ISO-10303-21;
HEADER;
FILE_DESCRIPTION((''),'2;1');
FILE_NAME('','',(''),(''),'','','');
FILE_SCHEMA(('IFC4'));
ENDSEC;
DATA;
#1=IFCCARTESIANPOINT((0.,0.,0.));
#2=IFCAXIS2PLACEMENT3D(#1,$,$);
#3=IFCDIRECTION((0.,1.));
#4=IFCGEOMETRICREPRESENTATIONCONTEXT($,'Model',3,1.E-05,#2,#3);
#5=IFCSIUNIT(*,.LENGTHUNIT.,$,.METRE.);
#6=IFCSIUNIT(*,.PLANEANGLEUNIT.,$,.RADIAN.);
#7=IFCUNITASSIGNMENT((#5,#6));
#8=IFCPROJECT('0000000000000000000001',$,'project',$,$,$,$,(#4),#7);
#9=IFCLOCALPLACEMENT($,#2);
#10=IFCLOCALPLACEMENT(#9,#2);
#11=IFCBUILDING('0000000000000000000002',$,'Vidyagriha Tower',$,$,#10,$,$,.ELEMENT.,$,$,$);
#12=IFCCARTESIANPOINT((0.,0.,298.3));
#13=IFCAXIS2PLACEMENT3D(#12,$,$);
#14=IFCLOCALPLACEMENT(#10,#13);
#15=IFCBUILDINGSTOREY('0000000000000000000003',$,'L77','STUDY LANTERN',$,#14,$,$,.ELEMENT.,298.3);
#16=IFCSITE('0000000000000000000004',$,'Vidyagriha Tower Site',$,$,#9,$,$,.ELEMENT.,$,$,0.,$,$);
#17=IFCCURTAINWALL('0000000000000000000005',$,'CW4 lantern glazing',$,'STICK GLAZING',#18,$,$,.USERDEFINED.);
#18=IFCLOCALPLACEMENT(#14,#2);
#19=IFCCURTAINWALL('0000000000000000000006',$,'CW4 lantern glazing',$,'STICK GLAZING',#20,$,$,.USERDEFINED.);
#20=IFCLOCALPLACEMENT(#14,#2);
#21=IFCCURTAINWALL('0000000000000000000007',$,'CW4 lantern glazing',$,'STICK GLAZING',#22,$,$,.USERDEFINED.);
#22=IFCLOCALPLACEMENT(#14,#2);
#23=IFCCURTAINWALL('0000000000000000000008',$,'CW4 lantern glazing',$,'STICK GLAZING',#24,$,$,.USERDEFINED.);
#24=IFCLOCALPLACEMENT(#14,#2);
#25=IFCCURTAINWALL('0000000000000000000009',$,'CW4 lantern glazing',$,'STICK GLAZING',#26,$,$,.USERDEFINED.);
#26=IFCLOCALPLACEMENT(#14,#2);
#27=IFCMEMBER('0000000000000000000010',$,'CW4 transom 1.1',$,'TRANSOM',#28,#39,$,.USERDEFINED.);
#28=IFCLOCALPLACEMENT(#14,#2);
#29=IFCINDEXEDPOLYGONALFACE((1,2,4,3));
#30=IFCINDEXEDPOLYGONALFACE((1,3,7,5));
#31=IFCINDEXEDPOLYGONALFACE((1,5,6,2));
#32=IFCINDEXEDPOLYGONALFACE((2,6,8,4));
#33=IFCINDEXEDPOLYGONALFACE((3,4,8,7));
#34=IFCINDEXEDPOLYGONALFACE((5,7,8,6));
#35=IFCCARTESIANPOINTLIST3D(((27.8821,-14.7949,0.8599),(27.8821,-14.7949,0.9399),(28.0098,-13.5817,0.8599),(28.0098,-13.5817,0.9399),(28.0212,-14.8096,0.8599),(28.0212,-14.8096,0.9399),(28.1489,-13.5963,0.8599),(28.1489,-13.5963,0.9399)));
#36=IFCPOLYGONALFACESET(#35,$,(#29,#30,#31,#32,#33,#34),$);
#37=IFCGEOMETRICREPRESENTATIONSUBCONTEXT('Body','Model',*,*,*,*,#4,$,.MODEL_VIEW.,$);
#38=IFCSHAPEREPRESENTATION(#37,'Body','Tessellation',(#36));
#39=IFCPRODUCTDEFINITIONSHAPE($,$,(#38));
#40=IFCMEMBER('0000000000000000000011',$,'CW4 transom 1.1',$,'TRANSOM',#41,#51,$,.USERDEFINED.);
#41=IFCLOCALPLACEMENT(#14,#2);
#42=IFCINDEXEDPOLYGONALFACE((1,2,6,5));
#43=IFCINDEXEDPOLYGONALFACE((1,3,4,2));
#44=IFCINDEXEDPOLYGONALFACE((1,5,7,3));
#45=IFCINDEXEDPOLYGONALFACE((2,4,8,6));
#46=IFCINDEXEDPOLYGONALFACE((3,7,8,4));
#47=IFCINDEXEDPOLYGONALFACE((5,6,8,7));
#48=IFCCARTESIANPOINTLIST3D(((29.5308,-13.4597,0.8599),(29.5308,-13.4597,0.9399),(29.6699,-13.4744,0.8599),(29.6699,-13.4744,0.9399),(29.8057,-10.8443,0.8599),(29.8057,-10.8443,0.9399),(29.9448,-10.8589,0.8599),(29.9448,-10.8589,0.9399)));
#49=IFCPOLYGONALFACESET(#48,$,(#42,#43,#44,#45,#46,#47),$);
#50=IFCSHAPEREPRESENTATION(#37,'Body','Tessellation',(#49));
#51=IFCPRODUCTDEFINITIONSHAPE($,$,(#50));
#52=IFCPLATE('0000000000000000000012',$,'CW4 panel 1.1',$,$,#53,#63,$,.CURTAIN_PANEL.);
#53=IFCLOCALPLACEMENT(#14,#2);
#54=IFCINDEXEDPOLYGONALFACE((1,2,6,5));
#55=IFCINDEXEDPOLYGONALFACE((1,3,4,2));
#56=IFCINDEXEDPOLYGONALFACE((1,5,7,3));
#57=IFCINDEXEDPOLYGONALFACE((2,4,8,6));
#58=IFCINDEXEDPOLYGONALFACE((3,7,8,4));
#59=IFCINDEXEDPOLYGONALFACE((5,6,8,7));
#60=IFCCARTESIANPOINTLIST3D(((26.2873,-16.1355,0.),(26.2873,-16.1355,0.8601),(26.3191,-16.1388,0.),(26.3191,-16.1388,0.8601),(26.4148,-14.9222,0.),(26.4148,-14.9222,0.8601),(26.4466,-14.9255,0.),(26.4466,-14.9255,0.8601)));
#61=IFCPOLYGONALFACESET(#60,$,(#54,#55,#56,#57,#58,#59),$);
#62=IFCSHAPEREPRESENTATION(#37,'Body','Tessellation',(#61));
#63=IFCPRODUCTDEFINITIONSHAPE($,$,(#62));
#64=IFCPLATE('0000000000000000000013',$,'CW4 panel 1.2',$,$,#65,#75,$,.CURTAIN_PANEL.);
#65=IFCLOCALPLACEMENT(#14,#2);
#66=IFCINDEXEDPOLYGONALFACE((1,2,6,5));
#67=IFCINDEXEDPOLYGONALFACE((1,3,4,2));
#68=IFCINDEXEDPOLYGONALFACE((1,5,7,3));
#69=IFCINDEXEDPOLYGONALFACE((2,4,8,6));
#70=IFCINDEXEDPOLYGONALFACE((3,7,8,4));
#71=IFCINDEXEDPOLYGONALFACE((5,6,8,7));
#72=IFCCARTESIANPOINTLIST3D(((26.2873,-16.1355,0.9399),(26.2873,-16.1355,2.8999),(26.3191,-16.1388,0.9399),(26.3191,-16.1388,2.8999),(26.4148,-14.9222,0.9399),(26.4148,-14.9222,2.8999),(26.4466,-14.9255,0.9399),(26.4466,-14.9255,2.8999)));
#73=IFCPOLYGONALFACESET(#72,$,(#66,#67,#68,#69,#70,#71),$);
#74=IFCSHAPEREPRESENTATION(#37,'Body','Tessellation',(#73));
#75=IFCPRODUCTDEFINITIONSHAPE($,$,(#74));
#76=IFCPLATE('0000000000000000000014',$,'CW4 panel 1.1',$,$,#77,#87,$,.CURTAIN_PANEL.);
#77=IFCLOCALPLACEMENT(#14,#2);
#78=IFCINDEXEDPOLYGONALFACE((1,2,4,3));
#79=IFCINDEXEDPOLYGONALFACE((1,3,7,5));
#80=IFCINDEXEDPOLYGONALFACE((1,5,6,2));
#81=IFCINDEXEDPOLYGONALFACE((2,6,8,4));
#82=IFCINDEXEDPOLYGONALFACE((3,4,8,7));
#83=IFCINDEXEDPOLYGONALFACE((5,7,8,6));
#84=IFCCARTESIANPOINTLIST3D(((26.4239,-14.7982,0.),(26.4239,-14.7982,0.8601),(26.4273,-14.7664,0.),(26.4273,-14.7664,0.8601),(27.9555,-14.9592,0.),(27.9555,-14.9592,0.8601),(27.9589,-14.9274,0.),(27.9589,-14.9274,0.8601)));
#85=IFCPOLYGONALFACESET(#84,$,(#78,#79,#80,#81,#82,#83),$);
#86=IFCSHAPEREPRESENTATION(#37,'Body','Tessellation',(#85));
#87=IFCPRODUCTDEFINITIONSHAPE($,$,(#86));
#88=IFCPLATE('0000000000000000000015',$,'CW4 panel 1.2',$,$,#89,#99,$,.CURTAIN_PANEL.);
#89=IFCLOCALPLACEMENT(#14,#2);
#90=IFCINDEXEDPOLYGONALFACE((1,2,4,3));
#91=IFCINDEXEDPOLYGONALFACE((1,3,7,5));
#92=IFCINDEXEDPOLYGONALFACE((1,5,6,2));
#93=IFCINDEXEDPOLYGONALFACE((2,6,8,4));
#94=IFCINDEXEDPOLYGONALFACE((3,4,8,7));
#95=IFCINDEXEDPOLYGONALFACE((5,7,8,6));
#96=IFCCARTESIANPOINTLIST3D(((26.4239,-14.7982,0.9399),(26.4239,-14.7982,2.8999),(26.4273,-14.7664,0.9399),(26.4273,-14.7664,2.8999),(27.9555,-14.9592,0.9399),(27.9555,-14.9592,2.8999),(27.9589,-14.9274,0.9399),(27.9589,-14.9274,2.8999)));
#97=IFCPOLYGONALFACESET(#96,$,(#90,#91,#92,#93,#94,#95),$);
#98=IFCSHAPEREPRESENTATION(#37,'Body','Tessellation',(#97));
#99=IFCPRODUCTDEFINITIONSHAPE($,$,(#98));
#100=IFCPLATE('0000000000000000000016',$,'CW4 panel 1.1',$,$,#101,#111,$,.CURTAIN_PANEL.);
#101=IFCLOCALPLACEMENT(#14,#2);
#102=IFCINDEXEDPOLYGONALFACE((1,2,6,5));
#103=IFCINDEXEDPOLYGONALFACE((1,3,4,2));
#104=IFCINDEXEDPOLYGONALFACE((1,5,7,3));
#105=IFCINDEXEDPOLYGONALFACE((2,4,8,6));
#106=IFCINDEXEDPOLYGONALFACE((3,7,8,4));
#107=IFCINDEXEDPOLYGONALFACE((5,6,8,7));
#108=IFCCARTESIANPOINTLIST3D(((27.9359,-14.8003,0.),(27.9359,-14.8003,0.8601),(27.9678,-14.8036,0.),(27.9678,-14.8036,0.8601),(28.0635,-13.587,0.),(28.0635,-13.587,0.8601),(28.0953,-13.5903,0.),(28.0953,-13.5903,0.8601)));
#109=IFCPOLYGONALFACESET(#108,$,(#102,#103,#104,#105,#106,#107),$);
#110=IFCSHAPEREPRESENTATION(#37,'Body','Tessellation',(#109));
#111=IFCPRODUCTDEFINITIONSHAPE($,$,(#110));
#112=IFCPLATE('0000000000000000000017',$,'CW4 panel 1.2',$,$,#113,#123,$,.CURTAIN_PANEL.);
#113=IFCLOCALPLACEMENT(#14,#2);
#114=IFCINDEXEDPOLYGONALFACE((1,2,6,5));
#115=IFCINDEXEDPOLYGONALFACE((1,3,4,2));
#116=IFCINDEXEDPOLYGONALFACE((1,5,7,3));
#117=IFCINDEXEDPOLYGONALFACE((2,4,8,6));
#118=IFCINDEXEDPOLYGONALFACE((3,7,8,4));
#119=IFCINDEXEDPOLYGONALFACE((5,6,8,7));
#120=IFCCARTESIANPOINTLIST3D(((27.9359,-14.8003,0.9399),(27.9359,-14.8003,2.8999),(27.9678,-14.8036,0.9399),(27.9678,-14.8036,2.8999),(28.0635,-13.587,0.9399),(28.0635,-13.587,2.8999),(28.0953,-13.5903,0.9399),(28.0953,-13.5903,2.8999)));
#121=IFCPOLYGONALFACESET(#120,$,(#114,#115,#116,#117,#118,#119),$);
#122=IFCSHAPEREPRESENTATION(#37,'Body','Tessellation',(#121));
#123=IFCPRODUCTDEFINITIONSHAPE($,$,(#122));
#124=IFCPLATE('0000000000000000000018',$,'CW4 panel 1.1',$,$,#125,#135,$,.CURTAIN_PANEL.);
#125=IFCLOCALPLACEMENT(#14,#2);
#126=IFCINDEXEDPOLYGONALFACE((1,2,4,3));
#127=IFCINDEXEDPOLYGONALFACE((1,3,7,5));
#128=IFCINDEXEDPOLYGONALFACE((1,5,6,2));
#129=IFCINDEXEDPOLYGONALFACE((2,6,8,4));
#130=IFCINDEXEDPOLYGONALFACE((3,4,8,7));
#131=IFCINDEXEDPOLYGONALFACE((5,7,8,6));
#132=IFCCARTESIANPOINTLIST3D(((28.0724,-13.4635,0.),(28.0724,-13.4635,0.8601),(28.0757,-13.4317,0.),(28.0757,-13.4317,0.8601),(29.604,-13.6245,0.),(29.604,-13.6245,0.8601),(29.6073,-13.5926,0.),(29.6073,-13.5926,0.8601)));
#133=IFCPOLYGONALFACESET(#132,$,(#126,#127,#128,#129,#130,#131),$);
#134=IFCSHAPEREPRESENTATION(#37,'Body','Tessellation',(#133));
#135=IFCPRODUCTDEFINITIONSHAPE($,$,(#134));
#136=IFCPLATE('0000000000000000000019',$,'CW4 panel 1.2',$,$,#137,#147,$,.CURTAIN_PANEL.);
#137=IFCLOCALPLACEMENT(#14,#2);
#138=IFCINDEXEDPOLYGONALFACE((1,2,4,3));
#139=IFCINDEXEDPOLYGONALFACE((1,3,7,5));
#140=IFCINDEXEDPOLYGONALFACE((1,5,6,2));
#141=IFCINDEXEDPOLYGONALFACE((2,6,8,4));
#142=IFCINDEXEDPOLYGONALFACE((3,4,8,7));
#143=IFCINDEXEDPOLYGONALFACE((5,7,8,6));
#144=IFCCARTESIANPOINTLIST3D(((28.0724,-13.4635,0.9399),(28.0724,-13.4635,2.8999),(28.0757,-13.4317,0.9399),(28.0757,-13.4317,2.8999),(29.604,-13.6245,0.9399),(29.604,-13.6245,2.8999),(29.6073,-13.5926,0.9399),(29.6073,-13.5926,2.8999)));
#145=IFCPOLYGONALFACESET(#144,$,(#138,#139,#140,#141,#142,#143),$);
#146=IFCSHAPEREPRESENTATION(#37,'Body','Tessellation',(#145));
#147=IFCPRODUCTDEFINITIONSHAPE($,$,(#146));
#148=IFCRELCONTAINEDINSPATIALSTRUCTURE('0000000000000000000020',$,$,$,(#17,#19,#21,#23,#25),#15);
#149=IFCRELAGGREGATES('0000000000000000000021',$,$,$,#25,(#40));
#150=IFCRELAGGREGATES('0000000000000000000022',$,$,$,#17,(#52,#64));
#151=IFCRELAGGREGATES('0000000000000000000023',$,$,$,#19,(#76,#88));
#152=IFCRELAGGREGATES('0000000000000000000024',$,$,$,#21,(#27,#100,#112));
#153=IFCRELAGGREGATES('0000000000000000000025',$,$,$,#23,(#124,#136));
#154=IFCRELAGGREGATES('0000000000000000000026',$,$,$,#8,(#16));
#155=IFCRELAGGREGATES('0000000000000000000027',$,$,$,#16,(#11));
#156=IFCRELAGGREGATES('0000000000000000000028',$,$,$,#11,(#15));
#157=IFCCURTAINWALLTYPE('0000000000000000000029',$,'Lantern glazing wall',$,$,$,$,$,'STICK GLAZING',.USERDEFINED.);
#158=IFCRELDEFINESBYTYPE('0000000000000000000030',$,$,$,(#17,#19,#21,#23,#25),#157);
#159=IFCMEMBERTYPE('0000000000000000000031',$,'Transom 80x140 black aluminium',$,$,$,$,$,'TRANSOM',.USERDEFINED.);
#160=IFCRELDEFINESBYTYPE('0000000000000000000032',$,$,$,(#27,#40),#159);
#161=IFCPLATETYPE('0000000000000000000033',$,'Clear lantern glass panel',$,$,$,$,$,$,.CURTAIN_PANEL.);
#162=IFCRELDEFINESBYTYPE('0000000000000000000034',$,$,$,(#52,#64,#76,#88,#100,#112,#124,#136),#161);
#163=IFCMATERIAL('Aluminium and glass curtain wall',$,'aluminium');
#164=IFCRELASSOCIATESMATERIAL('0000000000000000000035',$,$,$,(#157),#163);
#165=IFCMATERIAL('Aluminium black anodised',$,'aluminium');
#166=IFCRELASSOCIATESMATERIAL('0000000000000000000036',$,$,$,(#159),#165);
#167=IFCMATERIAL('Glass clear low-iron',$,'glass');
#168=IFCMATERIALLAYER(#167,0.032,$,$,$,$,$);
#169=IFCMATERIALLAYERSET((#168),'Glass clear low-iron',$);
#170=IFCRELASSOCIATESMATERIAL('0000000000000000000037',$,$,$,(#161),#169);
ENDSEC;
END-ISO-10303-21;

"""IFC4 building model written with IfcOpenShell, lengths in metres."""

from ifc_helpers import new_model, si_unit, direction, frame, origin, origin_2d, place, context, subcontext, project, spatial, rectangle, extrude, material, layer, layer_set, material_profile, profile_set, type_object, element, aggregate, save


model = new_model("IFC4")

# Units and contexts
model_context = context("Model", 3, precision=1e-05, world=origin(), true_north=direction((0.0, 1.0)))
body_context = subcontext(model_context, "Body", "Model", "MODEL_VIEW")
ifc_project = project(units=[si_unit("LENGTHUNIT", "METRE"), si_unit("PLANEANGLEUNIT", "RADIAN")], contexts=[model_context])

# Site, building, storey
site_placement = place(None, origin())
site = spatial("IfcSite", under=ifc_project, at=site_placement, Name="Vidyagriha Tower Site", CompositionType="ELEMENT", RefElevation=0.0)
building_placement = place(site_placement, origin())
building = spatial("IfcBuilding", under=site, at=building_placement, Name="Vidyagriha Tower", CompositionType="ELEMENT")
storey_placement = place(building_placement, frame((0.0, 0.0, 298.3)))
storey = spatial("IfcBuildingStorey", under=building, at=storey_placement, Name="L77", Description="STUDY LANTERN", CompositionType="ELEMENT", Elevation=298.3)

# Shared definitions
ifc_material_1 = material(Name="Aluminium and glass curtain wall", Category="aluminium")
curtain_wall_type = type_object("IfcCurtainWallType", Name="Lantern glazing wall", ElementType="STICK GLAZING", PredefinedType="USERDEFINED", material=ifc_material_1)

# Curtain walls
curtain_wall_1_placement = place(storey_placement, origin())
curtain_wall_1 = element("IfcCurtainWall", 1, at=curtain_wall_1_placement, inside=storey, type_object=curtain_wall_type, Name="CW4 lantern glazing", ObjectType="STICK GLAZING", PredefinedType="USERDEFINED")
curtain_wall_2_placement = place(storey_placement, origin())
curtain_wall_2 = element("IfcCurtainWall", 2, at=curtain_wall_2_placement, inside=storey, type_object=curtain_wall_type, Name="CW4 lantern glazing", ObjectType="STICK GLAZING", PredefinedType="USERDEFINED")
curtain_wall_3_placement = place(storey_placement, origin())
curtain_wall_3 = element("IfcCurtainWall", 3, at=curtain_wall_3_placement, inside=storey, type_object=curtain_wall_type, Name="CW4 lantern glazing", ObjectType="STICK GLAZING", PredefinedType="USERDEFINED")

# Curtain walls
curtain_wall_4_placement = place(storey_placement, origin())
curtain_wall_4 = element("IfcCurtainWall", 4, at=curtain_wall_4_placement, inside=storey, type_object=curtain_wall_type, Name="CW4 lantern glazing", ObjectType="STICK GLAZING", PredefinedType="USERDEFINED")
curtain_wall_5_placement = place(storey_placement, origin())
curtain_wall_5 = element("IfcCurtainWall", 5, at=curtain_wall_5_placement, inside=storey, type_object=curtain_wall_type, Name="CW4 lantern glazing", ObjectType="STICK GLAZING", PredefinedType="USERDEFINED")

# Members
ifc_material_2 = material(Name="Aluminium black anodised", Category="aluminium")
ifc_material_profile_1 = material_profile(ifc_material_2, rectangle(XDim=0.1399, YDim=0.0801, at=origin_2d()), Name="Transom 80x140 black aluminium")
ifc_profile_set_1 = profile_set([ifc_material_profile_1], Name="Aluminium black anodised")
member_type_1 = type_object("IfcMemberType", Name="Transom 80x140 black aluminium", ElementType="TRANSOM", PredefinedType="USERDEFINED", material=ifc_profile_set_1)
member_1_placement = place(storey_placement, frame((27.9517, -14.8022, 0.8999), z_axis=(0.104654, 0.994509, 0.0), x_axis=(-0.994509, 0.104654, 0.0)))
member_1 = element("IfcMember", 6, at=member_1_placement, type_object=member_type_1, Name="CW4 transom 1.1", ObjectType="TRANSOM", PredefinedType="USERDEFINED", context=body_context, shape_type="SweptSolid", body=[
    extrude(rectangle(XDim=0.1399, YDim=0.0801, at=origin_2d()), origin(), (0.0, 0.0, 1.0), 1.22),
])
member_2_placement = place(storey_placement, frame((29.6003, -13.467, 0.8999), z_axis=(0.10453, 0.994522, 0.0), x_axis=(-0.994522, 0.10453, 0.0)))
member_2 = element("IfcMember", 7, at=member_2_placement, type_object=member_type_1, Name="CW4 transom 1.1", ObjectType="TRANSOM", PredefinedType="USERDEFINED", context=body_context, shape_type="SweptSolid", body=[
    extrude(rectangle(XDim=0.1399, YDim=0.0801, at=origin_2d()), origin(), (0.0, 0.0, 1.0), 2.6299),
])
aggregate(curtain_wall_5, [member_2])

# Plates
ifc_material_3 = material(Name="Glass clear low-iron", Category="glass")
ifc_layer = layer(ifc_material_3, 0.032)
ifc_layer_set = layer_set([ifc_layer], Name="Glass clear low-iron")
plate_type = type_object("IfcPlateType", Name="Clear lantern glass panel", PredefinedType="CURTAIN_PANEL", material=ifc_layer_set)
plate_1_placement = place(storey_placement, frame((26.3669, -15.5305, 0.0), z_axis=(0.0, 0.0, 1.0), x_axis=(0.104549, 0.99452, 0.0)))
plate_1 = element("IfcPlate", 8, at=plate_1_placement, type_object=plate_type, Name="CW4 panel 1.1", PredefinedType="CURTAIN_PANEL", context=body_context, shape_type="SweptSolid", body=[
    extrude(rectangle(XDim=1.22, YDim=0.032, at=origin_2d()), origin(), (0.0, 0.0, 1.0), 0.8601),
])
plate_2_placement = place(storey_placement, frame((26.3669, -15.5305, 0.9399), z_axis=(0.0, 0.0, 1.0), x_axis=(0.104549, 0.99452, 0.0)))
plate_2 = element("IfcPlate", 9, at=plate_2_placement, type_object=plate_type, Name="CW4 panel 1.2", PredefinedType="CURTAIN_PANEL", context=body_context, shape_type="SweptSolid", body=[
    extrude(rectangle(XDim=1.22, YDim=0.032, at=origin_2d()), origin(), (0.0, 0.0, 1.0), 1.96),
])
aggregate(curtain_wall_1, [plate_1, plate_2])
plate_3_placement = place(storey_placement, frame((27.1914, -14.8628, 0.0), z_axis=(0.0, 0.0, 1.0), x_axis=(0.994523, -0.104519, 0.0)))
plate_3 = element("IfcPlate", 10, at=plate_3_placement, type_object=plate_type, Name="CW4 panel 1.1", PredefinedType="CURTAIN_PANEL", context=body_context, shape_type="SweptSolid", body=[
    extrude(rectangle(XDim=1.54, YDim=0.032, at=origin_2d()), origin(), (0.0, 0.0, 1.0), 0.8601),
])
plate_4_placement = place(storey_placement, frame((27.1914, -14.8628, 0.9399), z_axis=(0.0, 0.0, 1.0), x_axis=(0.994523, -0.104519, 0.0)))
plate_4 = element("IfcPlate", 11, at=plate_4_placement, type_object=plate_type, Name="CW4 panel 1.2", PredefinedType="CURTAIN_PANEL", context=body_context, shape_type="SweptSolid", body=[
    extrude(rectangle(XDim=1.54, YDim=0.032, at=origin_2d()), origin(), (0.0, 0.0, 1.0), 1.96),
])
aggregate(curtain_wall_2, [plate_3, plate_4])
plate_5_placement = place(storey_placement, frame((28.0156, -14.1953, 0.0), z_axis=(0.0, 0.0, 1.0), x_axis=(0.104549, 0.99452, 0.0)))
plate_5 = element("IfcPlate", 12, at=plate_5_placement, type_object=plate_type, Name="CW4 panel 1.1", PredefinedType="CURTAIN_PANEL", context=body_context, shape_type="SweptSolid", body=[
    extrude(rectangle(XDim=1.22, YDim=0.032, at=origin_2d()), origin(), (0.0, 0.0, 1.0), 0.8601),
])
plate_6_placement = place(storey_placement, frame((28.0156, -14.1953, 0.9399), z_axis=(0.0, 0.0, 1.0), x_axis=(0.104549, 0.99452, 0.0)))
plate_6 = element("IfcPlate", 13, at=plate_6_placement, type_object=plate_type, Name="CW4 panel 1.2", PredefinedType="CURTAIN_PANEL", context=body_context, shape_type="SweptSolid", body=[
    extrude(rectangle(XDim=1.22, YDim=0.032, at=origin_2d()), origin(), (0.0, 0.0, 1.0), 1.96),
])
aggregate(curtain_wall_3, [member_1, plate_5, plate_6])
plate_7_placement = place(storey_placement, frame((28.8398, -13.5281, 0.0), z_axis=(0.0, 0.0, 1.0), x_axis=(0.994524, -0.104512, 0.0)))
plate_7 = element("IfcPlate", 14, at=plate_7_placement, type_object=plate_type, Name="CW4 panel 1.1", PredefinedType="CURTAIN_PANEL", context=body_context, shape_type="SweptSolid", body=[
    extrude(rectangle(XDim=1.54, YDim=0.032, at=origin_2d()), origin(), (0.0, 0.0, 1.0), 0.8601),
])
plate_8_placement = place(storey_placement, frame((28.8398, -13.5281, 0.9399), z_axis=(0.0, 0.0, 1.0), x_axis=(0.994524, -0.104512, 0.0)))
plate_8 = element("IfcPlate", 15, at=plate_8_placement, type_object=plate_type, Name="CW4 panel 1.2", PredefinedType="CURTAIN_PANEL", context=body_context, shape_type="SweptSolid", body=[
    extrude(rectangle(XDim=1.54, YDim=0.032, at=origin_2d()), origin(), (0.0, 0.0, 1.0), 1.96),
])
aggregate(curtain_wall_4, [plate_7, plate_8])

save(model, "model.ifc")
